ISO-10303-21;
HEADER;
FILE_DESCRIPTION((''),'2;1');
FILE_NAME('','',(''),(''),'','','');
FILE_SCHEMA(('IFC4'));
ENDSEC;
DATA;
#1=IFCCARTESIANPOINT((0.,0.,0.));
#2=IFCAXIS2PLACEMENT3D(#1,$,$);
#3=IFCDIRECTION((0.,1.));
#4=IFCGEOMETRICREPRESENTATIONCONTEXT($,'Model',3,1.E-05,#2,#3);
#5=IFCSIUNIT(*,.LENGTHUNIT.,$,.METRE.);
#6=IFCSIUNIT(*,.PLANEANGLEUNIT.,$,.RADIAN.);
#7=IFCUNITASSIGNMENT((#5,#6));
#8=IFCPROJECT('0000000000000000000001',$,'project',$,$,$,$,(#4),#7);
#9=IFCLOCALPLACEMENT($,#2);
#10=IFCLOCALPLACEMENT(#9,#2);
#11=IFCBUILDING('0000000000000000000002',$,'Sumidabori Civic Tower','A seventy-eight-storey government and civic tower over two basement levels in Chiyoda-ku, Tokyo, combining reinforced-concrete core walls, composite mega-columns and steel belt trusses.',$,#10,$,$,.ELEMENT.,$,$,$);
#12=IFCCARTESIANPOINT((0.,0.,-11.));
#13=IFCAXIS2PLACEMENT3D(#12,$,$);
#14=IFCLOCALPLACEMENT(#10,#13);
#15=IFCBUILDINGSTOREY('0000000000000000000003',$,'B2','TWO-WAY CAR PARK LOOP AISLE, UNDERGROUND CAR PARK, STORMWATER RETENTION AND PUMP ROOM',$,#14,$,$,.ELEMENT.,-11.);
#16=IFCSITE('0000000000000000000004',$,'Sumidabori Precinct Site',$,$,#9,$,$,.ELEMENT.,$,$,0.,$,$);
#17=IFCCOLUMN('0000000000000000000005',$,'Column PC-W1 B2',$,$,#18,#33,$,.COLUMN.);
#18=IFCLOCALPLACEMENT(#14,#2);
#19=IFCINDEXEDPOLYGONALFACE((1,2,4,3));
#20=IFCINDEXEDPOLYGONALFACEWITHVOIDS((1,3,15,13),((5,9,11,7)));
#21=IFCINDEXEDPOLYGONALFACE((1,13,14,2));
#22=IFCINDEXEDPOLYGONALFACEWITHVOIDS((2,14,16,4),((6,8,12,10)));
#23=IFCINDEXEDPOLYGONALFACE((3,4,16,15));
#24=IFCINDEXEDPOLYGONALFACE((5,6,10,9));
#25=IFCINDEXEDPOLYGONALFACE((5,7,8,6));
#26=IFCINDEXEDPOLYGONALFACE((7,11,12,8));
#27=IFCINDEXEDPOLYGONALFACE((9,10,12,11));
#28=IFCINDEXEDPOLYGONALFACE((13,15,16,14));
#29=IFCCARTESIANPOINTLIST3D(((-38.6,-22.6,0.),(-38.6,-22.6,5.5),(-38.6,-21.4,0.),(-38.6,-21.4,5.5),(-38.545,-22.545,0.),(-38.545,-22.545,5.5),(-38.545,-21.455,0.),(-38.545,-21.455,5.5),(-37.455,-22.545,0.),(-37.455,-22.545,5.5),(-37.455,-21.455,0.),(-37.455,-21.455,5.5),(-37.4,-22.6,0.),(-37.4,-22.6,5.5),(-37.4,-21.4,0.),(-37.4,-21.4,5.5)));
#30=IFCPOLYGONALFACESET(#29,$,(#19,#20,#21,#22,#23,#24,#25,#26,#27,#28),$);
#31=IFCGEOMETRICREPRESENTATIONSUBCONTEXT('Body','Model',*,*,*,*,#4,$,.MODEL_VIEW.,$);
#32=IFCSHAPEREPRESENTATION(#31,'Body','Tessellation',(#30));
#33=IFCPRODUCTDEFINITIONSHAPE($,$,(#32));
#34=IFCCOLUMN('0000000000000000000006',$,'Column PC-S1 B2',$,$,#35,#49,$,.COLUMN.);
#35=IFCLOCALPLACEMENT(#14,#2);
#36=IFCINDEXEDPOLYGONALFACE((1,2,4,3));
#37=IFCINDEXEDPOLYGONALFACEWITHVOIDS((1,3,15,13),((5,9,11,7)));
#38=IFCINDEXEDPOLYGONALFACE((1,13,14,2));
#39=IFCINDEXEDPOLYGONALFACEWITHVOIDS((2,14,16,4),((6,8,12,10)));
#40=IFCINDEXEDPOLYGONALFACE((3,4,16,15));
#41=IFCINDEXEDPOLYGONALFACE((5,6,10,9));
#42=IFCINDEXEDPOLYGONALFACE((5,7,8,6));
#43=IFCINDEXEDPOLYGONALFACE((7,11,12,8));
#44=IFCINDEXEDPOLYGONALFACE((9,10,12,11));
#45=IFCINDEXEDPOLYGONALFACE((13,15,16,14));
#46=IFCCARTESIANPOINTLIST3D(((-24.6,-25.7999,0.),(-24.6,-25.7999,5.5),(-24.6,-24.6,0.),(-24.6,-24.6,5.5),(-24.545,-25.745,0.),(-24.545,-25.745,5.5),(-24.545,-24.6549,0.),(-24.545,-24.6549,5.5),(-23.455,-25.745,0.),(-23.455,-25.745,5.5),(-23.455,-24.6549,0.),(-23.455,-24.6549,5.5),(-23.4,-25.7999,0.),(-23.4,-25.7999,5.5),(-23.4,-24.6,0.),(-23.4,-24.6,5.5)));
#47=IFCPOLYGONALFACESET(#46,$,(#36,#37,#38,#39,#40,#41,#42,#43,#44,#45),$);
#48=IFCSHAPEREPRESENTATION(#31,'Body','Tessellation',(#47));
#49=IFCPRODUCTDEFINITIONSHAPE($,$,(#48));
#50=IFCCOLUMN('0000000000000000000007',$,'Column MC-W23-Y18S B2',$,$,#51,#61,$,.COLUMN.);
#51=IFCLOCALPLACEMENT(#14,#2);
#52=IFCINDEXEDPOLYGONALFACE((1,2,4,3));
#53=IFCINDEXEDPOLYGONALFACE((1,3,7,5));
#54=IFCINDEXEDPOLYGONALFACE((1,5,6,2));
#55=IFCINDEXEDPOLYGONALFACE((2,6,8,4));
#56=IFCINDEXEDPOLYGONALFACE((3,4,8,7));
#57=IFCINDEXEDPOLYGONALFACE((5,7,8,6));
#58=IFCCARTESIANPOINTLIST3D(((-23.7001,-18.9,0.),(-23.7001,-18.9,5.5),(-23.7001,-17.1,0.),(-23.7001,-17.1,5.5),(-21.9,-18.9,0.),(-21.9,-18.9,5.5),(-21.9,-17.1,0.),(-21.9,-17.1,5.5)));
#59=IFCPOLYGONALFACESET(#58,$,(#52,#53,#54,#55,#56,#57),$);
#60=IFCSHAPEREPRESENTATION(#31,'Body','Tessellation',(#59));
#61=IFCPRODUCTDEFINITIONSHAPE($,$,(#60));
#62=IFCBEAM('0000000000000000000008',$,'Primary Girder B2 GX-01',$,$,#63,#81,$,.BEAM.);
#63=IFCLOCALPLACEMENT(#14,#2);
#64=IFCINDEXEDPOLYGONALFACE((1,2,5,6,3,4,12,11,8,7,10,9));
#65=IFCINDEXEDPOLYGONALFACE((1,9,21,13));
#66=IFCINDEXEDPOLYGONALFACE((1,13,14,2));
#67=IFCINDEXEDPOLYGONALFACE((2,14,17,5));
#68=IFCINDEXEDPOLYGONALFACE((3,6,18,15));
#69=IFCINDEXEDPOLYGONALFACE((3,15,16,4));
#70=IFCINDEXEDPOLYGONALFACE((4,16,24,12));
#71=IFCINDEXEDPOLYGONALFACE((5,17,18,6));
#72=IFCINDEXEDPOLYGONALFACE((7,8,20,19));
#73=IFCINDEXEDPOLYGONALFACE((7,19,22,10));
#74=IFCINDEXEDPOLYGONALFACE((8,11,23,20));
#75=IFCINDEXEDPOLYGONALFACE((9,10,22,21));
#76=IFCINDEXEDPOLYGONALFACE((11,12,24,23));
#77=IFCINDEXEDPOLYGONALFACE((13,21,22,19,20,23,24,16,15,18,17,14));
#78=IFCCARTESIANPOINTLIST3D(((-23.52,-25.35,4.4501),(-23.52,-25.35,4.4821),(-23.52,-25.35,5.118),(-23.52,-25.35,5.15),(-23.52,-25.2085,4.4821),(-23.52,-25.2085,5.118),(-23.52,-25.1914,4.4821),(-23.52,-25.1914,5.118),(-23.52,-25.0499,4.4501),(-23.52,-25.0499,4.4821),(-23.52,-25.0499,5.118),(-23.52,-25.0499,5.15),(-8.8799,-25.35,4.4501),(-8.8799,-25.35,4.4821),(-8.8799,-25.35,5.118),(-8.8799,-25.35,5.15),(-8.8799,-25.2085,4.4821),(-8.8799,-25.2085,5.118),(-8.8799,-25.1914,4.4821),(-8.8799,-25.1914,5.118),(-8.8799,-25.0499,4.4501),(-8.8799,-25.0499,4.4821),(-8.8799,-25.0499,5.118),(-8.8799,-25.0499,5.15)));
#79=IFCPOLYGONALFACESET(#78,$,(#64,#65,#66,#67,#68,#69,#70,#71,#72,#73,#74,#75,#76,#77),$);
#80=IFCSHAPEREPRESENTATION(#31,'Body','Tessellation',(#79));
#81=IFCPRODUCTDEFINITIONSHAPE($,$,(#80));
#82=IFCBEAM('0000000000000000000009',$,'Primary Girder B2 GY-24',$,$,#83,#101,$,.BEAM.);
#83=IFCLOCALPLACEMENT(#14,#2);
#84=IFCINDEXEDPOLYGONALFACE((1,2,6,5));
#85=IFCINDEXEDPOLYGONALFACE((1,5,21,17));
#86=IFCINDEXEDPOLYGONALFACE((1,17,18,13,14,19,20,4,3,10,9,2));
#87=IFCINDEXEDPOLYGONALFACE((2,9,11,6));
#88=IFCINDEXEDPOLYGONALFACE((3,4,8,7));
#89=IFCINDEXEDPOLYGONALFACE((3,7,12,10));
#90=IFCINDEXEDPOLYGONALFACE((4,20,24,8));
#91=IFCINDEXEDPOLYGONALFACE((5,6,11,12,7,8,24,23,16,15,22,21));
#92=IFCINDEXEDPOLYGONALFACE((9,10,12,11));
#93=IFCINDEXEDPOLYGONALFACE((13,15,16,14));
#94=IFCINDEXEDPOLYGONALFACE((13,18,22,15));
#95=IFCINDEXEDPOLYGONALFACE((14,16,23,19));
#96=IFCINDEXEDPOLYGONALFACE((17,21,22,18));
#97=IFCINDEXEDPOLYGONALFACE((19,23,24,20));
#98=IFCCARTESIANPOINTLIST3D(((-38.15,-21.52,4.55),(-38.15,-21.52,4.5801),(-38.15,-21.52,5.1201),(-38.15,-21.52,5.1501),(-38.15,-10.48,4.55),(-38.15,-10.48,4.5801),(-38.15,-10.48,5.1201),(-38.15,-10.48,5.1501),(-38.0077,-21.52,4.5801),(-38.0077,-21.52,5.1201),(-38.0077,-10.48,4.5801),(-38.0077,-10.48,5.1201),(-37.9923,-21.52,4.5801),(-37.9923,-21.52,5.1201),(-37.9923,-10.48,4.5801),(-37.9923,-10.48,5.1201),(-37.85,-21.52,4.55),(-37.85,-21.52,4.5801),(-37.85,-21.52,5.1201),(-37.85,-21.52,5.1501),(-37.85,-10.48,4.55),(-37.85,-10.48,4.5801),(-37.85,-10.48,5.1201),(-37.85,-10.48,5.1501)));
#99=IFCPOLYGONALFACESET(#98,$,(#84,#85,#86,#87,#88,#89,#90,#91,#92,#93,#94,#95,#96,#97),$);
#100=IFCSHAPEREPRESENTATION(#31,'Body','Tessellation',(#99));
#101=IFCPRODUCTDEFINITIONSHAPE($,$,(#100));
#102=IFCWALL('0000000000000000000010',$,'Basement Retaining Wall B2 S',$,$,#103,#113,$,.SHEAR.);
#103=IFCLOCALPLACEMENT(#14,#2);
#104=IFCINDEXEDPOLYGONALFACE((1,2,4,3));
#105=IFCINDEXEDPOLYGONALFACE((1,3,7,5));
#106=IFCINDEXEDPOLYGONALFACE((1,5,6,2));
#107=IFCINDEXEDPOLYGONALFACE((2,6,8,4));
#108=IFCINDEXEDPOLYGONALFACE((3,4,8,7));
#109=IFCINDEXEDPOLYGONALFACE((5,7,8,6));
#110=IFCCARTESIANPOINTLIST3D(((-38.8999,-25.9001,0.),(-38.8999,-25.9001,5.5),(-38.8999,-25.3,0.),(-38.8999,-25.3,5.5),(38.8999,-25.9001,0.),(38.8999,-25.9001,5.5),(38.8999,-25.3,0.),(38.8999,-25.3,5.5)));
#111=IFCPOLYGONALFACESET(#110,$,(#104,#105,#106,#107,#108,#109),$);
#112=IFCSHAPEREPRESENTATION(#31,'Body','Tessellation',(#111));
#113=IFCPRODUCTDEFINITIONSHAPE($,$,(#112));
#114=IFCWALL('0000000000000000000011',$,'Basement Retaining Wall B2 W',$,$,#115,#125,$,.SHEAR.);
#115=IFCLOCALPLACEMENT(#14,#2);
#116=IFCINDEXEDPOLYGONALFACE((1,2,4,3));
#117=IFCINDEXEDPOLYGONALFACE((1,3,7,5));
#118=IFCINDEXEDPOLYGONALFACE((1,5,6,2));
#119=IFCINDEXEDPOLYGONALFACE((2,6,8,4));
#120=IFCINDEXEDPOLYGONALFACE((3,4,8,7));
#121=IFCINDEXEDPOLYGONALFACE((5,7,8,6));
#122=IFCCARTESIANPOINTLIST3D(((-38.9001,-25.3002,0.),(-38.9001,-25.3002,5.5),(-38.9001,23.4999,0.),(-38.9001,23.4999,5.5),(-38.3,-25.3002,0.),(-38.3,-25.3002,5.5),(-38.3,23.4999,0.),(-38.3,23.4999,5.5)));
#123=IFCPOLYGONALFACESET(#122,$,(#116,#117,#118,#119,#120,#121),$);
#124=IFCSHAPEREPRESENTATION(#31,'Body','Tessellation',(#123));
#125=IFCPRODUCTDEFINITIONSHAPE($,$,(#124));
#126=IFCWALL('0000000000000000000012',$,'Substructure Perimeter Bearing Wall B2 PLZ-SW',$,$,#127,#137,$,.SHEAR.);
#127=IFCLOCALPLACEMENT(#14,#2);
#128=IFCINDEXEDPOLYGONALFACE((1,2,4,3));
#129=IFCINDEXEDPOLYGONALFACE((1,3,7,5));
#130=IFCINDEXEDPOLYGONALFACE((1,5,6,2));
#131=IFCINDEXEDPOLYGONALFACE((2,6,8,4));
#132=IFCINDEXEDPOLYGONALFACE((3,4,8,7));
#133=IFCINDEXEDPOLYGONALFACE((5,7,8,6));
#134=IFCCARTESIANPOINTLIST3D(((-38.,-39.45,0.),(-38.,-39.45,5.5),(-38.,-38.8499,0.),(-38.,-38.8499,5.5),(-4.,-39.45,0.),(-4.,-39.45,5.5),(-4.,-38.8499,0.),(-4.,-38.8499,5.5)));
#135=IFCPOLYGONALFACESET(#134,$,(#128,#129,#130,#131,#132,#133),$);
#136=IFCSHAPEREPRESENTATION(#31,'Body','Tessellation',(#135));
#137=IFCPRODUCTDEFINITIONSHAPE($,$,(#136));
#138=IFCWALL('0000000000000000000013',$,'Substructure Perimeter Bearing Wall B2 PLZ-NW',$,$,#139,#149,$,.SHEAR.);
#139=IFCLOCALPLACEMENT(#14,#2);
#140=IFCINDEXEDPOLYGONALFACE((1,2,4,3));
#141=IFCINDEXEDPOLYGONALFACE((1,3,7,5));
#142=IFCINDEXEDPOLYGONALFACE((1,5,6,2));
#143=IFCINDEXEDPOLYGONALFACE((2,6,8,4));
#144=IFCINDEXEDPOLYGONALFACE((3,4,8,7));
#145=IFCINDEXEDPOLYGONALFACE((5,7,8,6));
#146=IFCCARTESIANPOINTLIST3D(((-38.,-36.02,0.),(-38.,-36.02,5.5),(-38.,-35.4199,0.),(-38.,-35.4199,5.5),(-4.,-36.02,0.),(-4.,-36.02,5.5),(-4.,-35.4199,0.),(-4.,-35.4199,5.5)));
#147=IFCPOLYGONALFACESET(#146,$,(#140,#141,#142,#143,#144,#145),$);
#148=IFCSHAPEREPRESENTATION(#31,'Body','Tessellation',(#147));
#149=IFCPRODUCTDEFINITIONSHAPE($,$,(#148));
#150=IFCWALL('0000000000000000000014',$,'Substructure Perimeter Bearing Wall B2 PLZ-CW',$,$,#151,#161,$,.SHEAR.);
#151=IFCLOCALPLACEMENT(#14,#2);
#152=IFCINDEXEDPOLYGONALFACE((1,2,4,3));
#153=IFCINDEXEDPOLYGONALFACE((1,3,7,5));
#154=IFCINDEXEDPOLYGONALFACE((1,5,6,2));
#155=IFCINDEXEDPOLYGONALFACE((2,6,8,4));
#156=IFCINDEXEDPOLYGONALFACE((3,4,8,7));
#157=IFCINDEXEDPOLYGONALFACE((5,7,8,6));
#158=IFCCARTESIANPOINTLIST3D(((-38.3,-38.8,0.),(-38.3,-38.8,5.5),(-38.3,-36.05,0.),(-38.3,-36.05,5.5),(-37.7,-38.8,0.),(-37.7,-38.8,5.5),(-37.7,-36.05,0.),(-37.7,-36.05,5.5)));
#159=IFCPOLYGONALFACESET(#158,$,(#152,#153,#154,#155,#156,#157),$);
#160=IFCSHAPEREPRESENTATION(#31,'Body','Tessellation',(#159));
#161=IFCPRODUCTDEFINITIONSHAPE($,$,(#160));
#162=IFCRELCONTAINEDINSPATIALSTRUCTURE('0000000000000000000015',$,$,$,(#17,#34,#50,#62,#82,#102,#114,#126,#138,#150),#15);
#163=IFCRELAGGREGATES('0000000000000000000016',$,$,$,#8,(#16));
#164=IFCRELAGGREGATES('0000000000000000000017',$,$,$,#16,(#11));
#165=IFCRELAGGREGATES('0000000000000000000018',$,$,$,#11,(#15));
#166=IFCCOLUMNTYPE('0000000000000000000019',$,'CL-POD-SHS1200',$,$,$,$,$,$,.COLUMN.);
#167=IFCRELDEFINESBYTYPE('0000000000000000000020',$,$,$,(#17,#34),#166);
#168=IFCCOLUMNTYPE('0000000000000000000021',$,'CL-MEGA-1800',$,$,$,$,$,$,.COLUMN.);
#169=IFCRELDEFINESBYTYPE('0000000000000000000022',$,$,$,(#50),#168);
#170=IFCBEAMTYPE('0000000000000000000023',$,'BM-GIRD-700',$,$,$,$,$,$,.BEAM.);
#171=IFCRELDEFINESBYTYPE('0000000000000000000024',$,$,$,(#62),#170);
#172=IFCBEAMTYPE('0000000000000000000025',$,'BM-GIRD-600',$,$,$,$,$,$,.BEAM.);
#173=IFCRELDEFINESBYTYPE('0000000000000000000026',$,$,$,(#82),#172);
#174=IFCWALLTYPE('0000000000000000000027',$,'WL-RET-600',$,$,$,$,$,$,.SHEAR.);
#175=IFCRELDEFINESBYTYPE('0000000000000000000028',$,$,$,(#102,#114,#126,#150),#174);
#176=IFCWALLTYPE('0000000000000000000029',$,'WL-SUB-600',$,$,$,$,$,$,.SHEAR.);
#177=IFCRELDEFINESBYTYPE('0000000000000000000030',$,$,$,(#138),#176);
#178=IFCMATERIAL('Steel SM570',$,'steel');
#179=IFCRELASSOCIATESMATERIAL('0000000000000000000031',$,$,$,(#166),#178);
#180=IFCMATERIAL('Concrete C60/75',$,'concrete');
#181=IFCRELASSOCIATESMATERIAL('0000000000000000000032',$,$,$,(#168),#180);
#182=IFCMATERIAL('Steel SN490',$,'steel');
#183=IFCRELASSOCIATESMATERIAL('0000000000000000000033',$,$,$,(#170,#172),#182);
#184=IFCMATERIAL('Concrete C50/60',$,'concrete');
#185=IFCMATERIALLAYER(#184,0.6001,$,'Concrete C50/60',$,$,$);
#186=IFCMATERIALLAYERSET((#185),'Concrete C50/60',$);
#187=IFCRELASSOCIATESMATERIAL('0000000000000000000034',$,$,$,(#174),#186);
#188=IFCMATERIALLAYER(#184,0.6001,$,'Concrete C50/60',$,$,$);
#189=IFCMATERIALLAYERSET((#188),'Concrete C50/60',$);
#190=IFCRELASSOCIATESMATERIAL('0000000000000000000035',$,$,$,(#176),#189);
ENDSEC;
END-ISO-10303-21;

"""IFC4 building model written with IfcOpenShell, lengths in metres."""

from ifc_helpers import new_model, si_unit, direction, frame, frame_2d, origin, origin_2d, place, context, subcontext, project, spatial, rectangle, hollow_rectangle, i_section, extrude, source, transform, mapped, material, layer, layer_set, material_profile, profile_set, type_object, element, save


model = new_model("IFC4")

# Units and contexts
model_context = context("Model", 3, precision=1e-05, world=origin(), true_north=direction((0.0, 1.0)))
body_context = subcontext(model_context, "Body", "Model", "MODEL_VIEW")
ifc_project = project(units=[si_unit("LENGTHUNIT", "METRE"), si_unit("PLANEANGLEUNIT", "RADIAN")], contexts=[model_context])

# Site, building, storey
site_placement = place(None, origin())
site = spatial("IfcSite", under=ifc_project, at=site_placement, Name="Sumidabori Precinct Site", CompositionType="ELEMENT", RefElevation=0.0)
building_placement = place(site_placement, origin())
building = spatial("IfcBuilding", under=site, at=building_placement, Name="Sumidabori Civic Tower", Description="A seventy-eight-storey government and civic tower over two basement levels in Chiyoda-ku, Tokyo, combining reinforced-concrete core walls, composite mega-columns and steel belt trusses.", CompositionType="ELEMENT")
storey_placement = place(building_placement, frame((0.0, 0.0, -11.0)))
storey = spatial("IfcBuildingStorey", under=building, at=storey_placement, Name="B2", Description="TWO-WAY CAR PARK LOOP AISLE, UNDERGROUND CAR PARK, STORMWATER RETENTION AND PUMP ROOM", CompositionType="ELEMENT", Elevation=-11.0)

# Shared definitions
ifc_material_1 = material(Name="Concrete C50/60", Category="concrete")

# Columns
ifc_material_2 = material(Name="Steel SM570", Category="steel")
ifc_material_profile_1 = material_profile(ifc_material_2, hollow_rectangle(XDim=1.2, YDim=1.2, WallThickness=0.0549, at=origin_2d()), Name="SHS 1200x1200x55")
ifc_profile_set_1 = profile_set([ifc_material_profile_1], Name="Steel SM570")
column_type_1 = type_object("IfcColumnType", Name="CL-POD-SHS1200", PredefinedType="COLUMN", material=ifc_profile_set_1)
shared_shape_1 = source(origin(), body_context, "Body", "SweptSolid", [
    extrude(hollow_rectangle(XDim=1.2, YDim=1.2, WallThickness=0.0549, at=origin_2d()), origin(), (0.0, 0.0, 1.0), 5.5),
])
for number, where, z_axis, x_axis, name in (
    (1, (-38.0, -22.0, 0.0), (0.0, 0.0, 1.0), (1.0, 0.0, 0.0), "Column PC-W1 B2"),
    (2, (-24.0, -25.2, 0.0), (0.0, 0.0, 1.0), (1.0, 0.0, 0.0), "Column PC-S1 B2"),
):
    element("IfcColumn", number, at=place(storey_placement, frame(where, z_axis=z_axis, x_axis=x_axis)), inside=storey, type_object=column_type_1, Name=name, PredefinedType="COLUMN", context=body_context, shape_type="MappedRepresentation", body=[
        mapped(shared_shape_1, transform((0.0, 0.0, 0.0), x_axis=(1.0, 0.0, 0.0), y_axis=(0.0, 1.0, 0.0), z_axis=(0.0, 0.0, 1.0), scale=1.0)),
    ])
ifc_material_3 = material(Name="Concrete C60/75", Category="concrete")
ifc_material_profile_2 = material_profile(ifc_material_3, rectangle(XDim=1.8, YDim=1.8, at=origin_2d()), Name="RC 1800x1800")
ifc_profile_set_2 = profile_set([ifc_material_profile_2], Name="Concrete C60/75")
column_type_2 = type_object("IfcColumnType", Name="CL-MEGA-1800", PredefinedType="COLUMN", material=ifc_profile_set_2)
shared_shape_2 = source(origin(), body_context, "Body", "SweptSolid", [
    extrude(rectangle(XDim=1.8, YDim=1.8, at=origin_2d()), origin(), (0.0, 0.0, 1.0), 5.5),
])
column_placement = place(storey_placement, frame((-22.8, -18.0, 0.0), z_axis=(0.0, 0.0, 1.0), x_axis=(1.0, 0.0, 0.0)))
element("IfcColumn", 3, at=column_placement, inside=storey, type_object=column_type_2, Name="Column MC-W23-Y18S B2", PredefinedType="COLUMN", context=body_context, shape_type="MappedRepresentation", body=[
    mapped(shared_shape_2, transform((0.0, 0.0, 0.0), x_axis=(1.0, 0.0, 0.0), y_axis=(0.0, 1.0, 0.0), z_axis=(0.0, 0.0, 1.0), scale=1.0)),
])

# Beams
ifc_material_4 = material(Name="Steel SN490", Category="steel")
ifc_material_profile_3 = material_profile(ifc_material_4, i_section(OverallWidth=0.3, OverallDepth=0.7, WebThickness=0.0171, FlangeThickness=0.032, at=origin_2d()), Name="HE 700 B")
ifc_profile_set_3 = profile_set([ifc_material_profile_3], Name="Steel SN490")
beam_type_1 = type_object("IfcBeamType", Name="BM-GIRD-700", PredefinedType="BEAM", material=ifc_profile_set_3)
shared_shape_3 = source(origin(), body_context, "Body", "SweptSolid", [
    extrude(i_section(OverallWidth=0.3, OverallDepth=0.7, WebThickness=0.0171, FlangeThickness=0.032, at=origin_2d()), origin(), (0.0, 0.0, 1.0), 14.6401),
])
beam_1_placement = place(storey_placement, frame((-23.52, -25.2, 4.8), z_axis=(1.0, 0.0, 0.0), x_axis=(0.0, 1.0, 0.0)))
element("IfcBeam", 4, at=beam_1_placement, inside=storey, type_object=beam_type_1, Name="Primary Girder B2 GX-01", PredefinedType="BEAM", context=body_context, shape_type="MappedRepresentation", body=[
    mapped(shared_shape_3, transform((0.0, 0.0, 0.0), x_axis=(1.0, 0.0, 0.0), y_axis=(0.0, 1.0, 0.0), z_axis=(0.0, 0.0, 1.0), scale=1.0)),
])
ifc_material_profile_4 = material_profile(ifc_material_4, i_section(OverallWidth=0.3, OverallDepth=0.6001, WebThickness=0.0154, FlangeThickness=0.03, at=origin_2d()), Name="HE 600 B")
ifc_profile_set_4 = profile_set([ifc_material_profile_4], Name="Steel SN490")
beam_type_2 = type_object("IfcBeamType", Name="BM-GIRD-600", PredefinedType="BEAM", material=ifc_profile_set_4)
shared_shape_4 = source(origin(), body_context, "Body", "SweptSolid", [
    extrude(i_section(OverallWidth=0.3, OverallDepth=0.6001, WebThickness=0.0154, FlangeThickness=0.03, at=origin_2d()), origin(), (0.0, 0.0, 1.0), 11.04),
])
beam_2_placement = place(storey_placement, frame((-38.0, -21.52, 4.8501), z_axis=(0.0, 1.0, 0.0), x_axis=(-1.0, 0.0, 0.0)))
element("IfcBeam", 5, at=beam_2_placement, inside=storey, type_object=beam_type_2, Name="Primary Girder B2 GY-24", PredefinedType="BEAM", context=body_context, shape_type="MappedRepresentation", body=[
    mapped(shared_shape_4, transform((0.0, 0.0, 0.0), x_axis=(1.0, 0.0, 0.0), y_axis=(0.0, 1.0, 0.0), z_axis=(0.0, 0.0, 1.0), scale=1.0)),
])

# Walls
ifc_layer_1 = layer(ifc_material_1, 0.6001, Name="Concrete C50/60")
ifc_layer_set_1 = layer_set([ifc_layer_1], Name="Concrete C50/60")
wall_type_1 = type_object("IfcWallType", Name="WL-RET-600", PredefinedType="SHEAR", material=ifc_layer_set_1)
shared_shape_5 = source(origin(), body_context, "Body", "SweptSolid", [
    extrude(rectangle(XDim=77.7998, YDim=0.6001, at=frame_2d((38.8999, 0.0))), origin(), (0.0, 0.0, 1.0), 5.5),
])
wall_1_placement = place(storey_placement, frame((-38.8999, -25.6001, 0.0), z_axis=(0.0, 0.0, 1.0), x_axis=(1.0, 0.0, 0.0)))
element("IfcWall", 6, at=wall_1_placement, inside=storey, type_object=wall_type_1, Name="Basement Retaining Wall B2 S", PredefinedType="SHEAR", context=body_context, shape_type="MappedRepresentation", body=[
    mapped(shared_shape_5, transform((0.0, 0.0, 0.0), x_axis=(1.0, 0.0, 0.0), y_axis=(0.0, 1.0, 0.0), z_axis=(0.0, 0.0, 1.0), scale=1.0)),
])
shared_shape_6 = source(origin(), body_context, "Body", "SweptSolid", [
    extrude(rectangle(XDim=48.8, YDim=0.6001, at=frame_2d((24.3999, 0.0))), origin(), (0.0, 0.0, 1.0), 5.5),
])
wall_2_placement = place(storey_placement, frame((-38.6001, -25.3, 0.0), z_axis=(0.0, 0.0, 1.0), x_axis=(0.0, 1.0, 0.0)))
element("IfcWall", 7, at=wall_2_placement, inside=storey, type_object=wall_type_1, Name="Basement Retaining Wall B2 W", PredefinedType="SHEAR", context=body_context, shape_type="MappedRepresentation", body=[
    mapped(shared_shape_6, transform((0.0, 0.0, 0.0), x_axis=(1.0, 0.0, 0.0), y_axis=(0.0, 1.0, 0.0), z_axis=(0.0, 0.0, 1.0), scale=1.0)),
])
shared_shape_7 = source(origin(), body_context, "Body", "SweptSolid", [
    extrude(rectangle(XDim=34.0, YDim=0.6001, at=frame_2d((17.0, 0.0))), origin(), (0.0, 0.0, 1.0), 5.5),
])
wall_3_placement = place(storey_placement, frame((-38.0, -39.1499, 0.0), z_axis=(0.0, 0.0, 1.0), x_axis=(1.0, 0.0, 0.0)))
element("IfcWall", 8, at=wall_3_placement, inside=storey, type_object=wall_type_1, Name="Substructure Perimeter Bearing Wall B2 PLZ-SW", PredefinedType="SHEAR", context=body_context, shape_type="MappedRepresentation", body=[
    mapped(shared_shape_7, transform((0.0, 0.0, 0.0), x_axis=(1.0, 0.0, 0.0), y_axis=(0.0, 1.0, 0.0), z_axis=(0.0, 0.0, 1.0), scale=1.0)),
])
ifc_layer_2 = layer(ifc_material_1, 0.6001, Name="Concrete C50/60")
ifc_layer_set_2 = layer_set([ifc_layer_2], Name="Concrete C50/60")
wall_type_2 = type_object("IfcWallType", Name="WL-SUB-600", PredefinedType="SHEAR", material=ifc_layer_set_2)
wall_4_placement = place(storey_placement, frame((-38.0, -35.72, 0.0), z_axis=(0.0, 0.0, 1.0), x_axis=(1.0, 0.0, 0.0)))
element("IfcWall", 9, at=wall_4_placement, inside=storey, type_object=wall_type_2, Name="Substructure Perimeter Bearing Wall B2 PLZ-NW", PredefinedType="SHEAR", context=body_context, shape_type="MappedRepresentation", body=[
    mapped(shared_shape_7, transform((0.0, 0.0, 0.0), x_axis=(1.0, 0.0, 0.0), y_axis=(0.0, 1.0, 0.0), z_axis=(0.0, 0.0, 1.0), scale=1.0)),
])
shared_shape_8 = source(origin(), body_context, "Body", "SweptSolid", [
    extrude(rectangle(XDim=2.75, YDim=0.6001, at=frame_2d((1.375, 0.0))), origin(), (0.0, 0.0, 1.0), 5.5),
])
wall_5_placement = place(storey_placement, frame((-38.0, -38.8, 0.0), z_axis=(0.0, 0.0, 1.0), x_axis=(0.0, 1.0, 0.0)))
element("IfcWall", 10, at=wall_5_placement, inside=storey, type_object=wall_type_1, Name="Substructure Perimeter Bearing Wall B2 PLZ-CW", PredefinedType="SHEAR", context=body_context, shape_type="MappedRepresentation", body=[
    mapped(shared_shape_8, transform((0.0, 0.0, 0.0), x_axis=(1.0, 0.0, 0.0), y_axis=(0.0, 1.0, 0.0), z_axis=(0.0, 0.0, 1.0), scale=1.0)),
])

save(model, "model.ifc")
